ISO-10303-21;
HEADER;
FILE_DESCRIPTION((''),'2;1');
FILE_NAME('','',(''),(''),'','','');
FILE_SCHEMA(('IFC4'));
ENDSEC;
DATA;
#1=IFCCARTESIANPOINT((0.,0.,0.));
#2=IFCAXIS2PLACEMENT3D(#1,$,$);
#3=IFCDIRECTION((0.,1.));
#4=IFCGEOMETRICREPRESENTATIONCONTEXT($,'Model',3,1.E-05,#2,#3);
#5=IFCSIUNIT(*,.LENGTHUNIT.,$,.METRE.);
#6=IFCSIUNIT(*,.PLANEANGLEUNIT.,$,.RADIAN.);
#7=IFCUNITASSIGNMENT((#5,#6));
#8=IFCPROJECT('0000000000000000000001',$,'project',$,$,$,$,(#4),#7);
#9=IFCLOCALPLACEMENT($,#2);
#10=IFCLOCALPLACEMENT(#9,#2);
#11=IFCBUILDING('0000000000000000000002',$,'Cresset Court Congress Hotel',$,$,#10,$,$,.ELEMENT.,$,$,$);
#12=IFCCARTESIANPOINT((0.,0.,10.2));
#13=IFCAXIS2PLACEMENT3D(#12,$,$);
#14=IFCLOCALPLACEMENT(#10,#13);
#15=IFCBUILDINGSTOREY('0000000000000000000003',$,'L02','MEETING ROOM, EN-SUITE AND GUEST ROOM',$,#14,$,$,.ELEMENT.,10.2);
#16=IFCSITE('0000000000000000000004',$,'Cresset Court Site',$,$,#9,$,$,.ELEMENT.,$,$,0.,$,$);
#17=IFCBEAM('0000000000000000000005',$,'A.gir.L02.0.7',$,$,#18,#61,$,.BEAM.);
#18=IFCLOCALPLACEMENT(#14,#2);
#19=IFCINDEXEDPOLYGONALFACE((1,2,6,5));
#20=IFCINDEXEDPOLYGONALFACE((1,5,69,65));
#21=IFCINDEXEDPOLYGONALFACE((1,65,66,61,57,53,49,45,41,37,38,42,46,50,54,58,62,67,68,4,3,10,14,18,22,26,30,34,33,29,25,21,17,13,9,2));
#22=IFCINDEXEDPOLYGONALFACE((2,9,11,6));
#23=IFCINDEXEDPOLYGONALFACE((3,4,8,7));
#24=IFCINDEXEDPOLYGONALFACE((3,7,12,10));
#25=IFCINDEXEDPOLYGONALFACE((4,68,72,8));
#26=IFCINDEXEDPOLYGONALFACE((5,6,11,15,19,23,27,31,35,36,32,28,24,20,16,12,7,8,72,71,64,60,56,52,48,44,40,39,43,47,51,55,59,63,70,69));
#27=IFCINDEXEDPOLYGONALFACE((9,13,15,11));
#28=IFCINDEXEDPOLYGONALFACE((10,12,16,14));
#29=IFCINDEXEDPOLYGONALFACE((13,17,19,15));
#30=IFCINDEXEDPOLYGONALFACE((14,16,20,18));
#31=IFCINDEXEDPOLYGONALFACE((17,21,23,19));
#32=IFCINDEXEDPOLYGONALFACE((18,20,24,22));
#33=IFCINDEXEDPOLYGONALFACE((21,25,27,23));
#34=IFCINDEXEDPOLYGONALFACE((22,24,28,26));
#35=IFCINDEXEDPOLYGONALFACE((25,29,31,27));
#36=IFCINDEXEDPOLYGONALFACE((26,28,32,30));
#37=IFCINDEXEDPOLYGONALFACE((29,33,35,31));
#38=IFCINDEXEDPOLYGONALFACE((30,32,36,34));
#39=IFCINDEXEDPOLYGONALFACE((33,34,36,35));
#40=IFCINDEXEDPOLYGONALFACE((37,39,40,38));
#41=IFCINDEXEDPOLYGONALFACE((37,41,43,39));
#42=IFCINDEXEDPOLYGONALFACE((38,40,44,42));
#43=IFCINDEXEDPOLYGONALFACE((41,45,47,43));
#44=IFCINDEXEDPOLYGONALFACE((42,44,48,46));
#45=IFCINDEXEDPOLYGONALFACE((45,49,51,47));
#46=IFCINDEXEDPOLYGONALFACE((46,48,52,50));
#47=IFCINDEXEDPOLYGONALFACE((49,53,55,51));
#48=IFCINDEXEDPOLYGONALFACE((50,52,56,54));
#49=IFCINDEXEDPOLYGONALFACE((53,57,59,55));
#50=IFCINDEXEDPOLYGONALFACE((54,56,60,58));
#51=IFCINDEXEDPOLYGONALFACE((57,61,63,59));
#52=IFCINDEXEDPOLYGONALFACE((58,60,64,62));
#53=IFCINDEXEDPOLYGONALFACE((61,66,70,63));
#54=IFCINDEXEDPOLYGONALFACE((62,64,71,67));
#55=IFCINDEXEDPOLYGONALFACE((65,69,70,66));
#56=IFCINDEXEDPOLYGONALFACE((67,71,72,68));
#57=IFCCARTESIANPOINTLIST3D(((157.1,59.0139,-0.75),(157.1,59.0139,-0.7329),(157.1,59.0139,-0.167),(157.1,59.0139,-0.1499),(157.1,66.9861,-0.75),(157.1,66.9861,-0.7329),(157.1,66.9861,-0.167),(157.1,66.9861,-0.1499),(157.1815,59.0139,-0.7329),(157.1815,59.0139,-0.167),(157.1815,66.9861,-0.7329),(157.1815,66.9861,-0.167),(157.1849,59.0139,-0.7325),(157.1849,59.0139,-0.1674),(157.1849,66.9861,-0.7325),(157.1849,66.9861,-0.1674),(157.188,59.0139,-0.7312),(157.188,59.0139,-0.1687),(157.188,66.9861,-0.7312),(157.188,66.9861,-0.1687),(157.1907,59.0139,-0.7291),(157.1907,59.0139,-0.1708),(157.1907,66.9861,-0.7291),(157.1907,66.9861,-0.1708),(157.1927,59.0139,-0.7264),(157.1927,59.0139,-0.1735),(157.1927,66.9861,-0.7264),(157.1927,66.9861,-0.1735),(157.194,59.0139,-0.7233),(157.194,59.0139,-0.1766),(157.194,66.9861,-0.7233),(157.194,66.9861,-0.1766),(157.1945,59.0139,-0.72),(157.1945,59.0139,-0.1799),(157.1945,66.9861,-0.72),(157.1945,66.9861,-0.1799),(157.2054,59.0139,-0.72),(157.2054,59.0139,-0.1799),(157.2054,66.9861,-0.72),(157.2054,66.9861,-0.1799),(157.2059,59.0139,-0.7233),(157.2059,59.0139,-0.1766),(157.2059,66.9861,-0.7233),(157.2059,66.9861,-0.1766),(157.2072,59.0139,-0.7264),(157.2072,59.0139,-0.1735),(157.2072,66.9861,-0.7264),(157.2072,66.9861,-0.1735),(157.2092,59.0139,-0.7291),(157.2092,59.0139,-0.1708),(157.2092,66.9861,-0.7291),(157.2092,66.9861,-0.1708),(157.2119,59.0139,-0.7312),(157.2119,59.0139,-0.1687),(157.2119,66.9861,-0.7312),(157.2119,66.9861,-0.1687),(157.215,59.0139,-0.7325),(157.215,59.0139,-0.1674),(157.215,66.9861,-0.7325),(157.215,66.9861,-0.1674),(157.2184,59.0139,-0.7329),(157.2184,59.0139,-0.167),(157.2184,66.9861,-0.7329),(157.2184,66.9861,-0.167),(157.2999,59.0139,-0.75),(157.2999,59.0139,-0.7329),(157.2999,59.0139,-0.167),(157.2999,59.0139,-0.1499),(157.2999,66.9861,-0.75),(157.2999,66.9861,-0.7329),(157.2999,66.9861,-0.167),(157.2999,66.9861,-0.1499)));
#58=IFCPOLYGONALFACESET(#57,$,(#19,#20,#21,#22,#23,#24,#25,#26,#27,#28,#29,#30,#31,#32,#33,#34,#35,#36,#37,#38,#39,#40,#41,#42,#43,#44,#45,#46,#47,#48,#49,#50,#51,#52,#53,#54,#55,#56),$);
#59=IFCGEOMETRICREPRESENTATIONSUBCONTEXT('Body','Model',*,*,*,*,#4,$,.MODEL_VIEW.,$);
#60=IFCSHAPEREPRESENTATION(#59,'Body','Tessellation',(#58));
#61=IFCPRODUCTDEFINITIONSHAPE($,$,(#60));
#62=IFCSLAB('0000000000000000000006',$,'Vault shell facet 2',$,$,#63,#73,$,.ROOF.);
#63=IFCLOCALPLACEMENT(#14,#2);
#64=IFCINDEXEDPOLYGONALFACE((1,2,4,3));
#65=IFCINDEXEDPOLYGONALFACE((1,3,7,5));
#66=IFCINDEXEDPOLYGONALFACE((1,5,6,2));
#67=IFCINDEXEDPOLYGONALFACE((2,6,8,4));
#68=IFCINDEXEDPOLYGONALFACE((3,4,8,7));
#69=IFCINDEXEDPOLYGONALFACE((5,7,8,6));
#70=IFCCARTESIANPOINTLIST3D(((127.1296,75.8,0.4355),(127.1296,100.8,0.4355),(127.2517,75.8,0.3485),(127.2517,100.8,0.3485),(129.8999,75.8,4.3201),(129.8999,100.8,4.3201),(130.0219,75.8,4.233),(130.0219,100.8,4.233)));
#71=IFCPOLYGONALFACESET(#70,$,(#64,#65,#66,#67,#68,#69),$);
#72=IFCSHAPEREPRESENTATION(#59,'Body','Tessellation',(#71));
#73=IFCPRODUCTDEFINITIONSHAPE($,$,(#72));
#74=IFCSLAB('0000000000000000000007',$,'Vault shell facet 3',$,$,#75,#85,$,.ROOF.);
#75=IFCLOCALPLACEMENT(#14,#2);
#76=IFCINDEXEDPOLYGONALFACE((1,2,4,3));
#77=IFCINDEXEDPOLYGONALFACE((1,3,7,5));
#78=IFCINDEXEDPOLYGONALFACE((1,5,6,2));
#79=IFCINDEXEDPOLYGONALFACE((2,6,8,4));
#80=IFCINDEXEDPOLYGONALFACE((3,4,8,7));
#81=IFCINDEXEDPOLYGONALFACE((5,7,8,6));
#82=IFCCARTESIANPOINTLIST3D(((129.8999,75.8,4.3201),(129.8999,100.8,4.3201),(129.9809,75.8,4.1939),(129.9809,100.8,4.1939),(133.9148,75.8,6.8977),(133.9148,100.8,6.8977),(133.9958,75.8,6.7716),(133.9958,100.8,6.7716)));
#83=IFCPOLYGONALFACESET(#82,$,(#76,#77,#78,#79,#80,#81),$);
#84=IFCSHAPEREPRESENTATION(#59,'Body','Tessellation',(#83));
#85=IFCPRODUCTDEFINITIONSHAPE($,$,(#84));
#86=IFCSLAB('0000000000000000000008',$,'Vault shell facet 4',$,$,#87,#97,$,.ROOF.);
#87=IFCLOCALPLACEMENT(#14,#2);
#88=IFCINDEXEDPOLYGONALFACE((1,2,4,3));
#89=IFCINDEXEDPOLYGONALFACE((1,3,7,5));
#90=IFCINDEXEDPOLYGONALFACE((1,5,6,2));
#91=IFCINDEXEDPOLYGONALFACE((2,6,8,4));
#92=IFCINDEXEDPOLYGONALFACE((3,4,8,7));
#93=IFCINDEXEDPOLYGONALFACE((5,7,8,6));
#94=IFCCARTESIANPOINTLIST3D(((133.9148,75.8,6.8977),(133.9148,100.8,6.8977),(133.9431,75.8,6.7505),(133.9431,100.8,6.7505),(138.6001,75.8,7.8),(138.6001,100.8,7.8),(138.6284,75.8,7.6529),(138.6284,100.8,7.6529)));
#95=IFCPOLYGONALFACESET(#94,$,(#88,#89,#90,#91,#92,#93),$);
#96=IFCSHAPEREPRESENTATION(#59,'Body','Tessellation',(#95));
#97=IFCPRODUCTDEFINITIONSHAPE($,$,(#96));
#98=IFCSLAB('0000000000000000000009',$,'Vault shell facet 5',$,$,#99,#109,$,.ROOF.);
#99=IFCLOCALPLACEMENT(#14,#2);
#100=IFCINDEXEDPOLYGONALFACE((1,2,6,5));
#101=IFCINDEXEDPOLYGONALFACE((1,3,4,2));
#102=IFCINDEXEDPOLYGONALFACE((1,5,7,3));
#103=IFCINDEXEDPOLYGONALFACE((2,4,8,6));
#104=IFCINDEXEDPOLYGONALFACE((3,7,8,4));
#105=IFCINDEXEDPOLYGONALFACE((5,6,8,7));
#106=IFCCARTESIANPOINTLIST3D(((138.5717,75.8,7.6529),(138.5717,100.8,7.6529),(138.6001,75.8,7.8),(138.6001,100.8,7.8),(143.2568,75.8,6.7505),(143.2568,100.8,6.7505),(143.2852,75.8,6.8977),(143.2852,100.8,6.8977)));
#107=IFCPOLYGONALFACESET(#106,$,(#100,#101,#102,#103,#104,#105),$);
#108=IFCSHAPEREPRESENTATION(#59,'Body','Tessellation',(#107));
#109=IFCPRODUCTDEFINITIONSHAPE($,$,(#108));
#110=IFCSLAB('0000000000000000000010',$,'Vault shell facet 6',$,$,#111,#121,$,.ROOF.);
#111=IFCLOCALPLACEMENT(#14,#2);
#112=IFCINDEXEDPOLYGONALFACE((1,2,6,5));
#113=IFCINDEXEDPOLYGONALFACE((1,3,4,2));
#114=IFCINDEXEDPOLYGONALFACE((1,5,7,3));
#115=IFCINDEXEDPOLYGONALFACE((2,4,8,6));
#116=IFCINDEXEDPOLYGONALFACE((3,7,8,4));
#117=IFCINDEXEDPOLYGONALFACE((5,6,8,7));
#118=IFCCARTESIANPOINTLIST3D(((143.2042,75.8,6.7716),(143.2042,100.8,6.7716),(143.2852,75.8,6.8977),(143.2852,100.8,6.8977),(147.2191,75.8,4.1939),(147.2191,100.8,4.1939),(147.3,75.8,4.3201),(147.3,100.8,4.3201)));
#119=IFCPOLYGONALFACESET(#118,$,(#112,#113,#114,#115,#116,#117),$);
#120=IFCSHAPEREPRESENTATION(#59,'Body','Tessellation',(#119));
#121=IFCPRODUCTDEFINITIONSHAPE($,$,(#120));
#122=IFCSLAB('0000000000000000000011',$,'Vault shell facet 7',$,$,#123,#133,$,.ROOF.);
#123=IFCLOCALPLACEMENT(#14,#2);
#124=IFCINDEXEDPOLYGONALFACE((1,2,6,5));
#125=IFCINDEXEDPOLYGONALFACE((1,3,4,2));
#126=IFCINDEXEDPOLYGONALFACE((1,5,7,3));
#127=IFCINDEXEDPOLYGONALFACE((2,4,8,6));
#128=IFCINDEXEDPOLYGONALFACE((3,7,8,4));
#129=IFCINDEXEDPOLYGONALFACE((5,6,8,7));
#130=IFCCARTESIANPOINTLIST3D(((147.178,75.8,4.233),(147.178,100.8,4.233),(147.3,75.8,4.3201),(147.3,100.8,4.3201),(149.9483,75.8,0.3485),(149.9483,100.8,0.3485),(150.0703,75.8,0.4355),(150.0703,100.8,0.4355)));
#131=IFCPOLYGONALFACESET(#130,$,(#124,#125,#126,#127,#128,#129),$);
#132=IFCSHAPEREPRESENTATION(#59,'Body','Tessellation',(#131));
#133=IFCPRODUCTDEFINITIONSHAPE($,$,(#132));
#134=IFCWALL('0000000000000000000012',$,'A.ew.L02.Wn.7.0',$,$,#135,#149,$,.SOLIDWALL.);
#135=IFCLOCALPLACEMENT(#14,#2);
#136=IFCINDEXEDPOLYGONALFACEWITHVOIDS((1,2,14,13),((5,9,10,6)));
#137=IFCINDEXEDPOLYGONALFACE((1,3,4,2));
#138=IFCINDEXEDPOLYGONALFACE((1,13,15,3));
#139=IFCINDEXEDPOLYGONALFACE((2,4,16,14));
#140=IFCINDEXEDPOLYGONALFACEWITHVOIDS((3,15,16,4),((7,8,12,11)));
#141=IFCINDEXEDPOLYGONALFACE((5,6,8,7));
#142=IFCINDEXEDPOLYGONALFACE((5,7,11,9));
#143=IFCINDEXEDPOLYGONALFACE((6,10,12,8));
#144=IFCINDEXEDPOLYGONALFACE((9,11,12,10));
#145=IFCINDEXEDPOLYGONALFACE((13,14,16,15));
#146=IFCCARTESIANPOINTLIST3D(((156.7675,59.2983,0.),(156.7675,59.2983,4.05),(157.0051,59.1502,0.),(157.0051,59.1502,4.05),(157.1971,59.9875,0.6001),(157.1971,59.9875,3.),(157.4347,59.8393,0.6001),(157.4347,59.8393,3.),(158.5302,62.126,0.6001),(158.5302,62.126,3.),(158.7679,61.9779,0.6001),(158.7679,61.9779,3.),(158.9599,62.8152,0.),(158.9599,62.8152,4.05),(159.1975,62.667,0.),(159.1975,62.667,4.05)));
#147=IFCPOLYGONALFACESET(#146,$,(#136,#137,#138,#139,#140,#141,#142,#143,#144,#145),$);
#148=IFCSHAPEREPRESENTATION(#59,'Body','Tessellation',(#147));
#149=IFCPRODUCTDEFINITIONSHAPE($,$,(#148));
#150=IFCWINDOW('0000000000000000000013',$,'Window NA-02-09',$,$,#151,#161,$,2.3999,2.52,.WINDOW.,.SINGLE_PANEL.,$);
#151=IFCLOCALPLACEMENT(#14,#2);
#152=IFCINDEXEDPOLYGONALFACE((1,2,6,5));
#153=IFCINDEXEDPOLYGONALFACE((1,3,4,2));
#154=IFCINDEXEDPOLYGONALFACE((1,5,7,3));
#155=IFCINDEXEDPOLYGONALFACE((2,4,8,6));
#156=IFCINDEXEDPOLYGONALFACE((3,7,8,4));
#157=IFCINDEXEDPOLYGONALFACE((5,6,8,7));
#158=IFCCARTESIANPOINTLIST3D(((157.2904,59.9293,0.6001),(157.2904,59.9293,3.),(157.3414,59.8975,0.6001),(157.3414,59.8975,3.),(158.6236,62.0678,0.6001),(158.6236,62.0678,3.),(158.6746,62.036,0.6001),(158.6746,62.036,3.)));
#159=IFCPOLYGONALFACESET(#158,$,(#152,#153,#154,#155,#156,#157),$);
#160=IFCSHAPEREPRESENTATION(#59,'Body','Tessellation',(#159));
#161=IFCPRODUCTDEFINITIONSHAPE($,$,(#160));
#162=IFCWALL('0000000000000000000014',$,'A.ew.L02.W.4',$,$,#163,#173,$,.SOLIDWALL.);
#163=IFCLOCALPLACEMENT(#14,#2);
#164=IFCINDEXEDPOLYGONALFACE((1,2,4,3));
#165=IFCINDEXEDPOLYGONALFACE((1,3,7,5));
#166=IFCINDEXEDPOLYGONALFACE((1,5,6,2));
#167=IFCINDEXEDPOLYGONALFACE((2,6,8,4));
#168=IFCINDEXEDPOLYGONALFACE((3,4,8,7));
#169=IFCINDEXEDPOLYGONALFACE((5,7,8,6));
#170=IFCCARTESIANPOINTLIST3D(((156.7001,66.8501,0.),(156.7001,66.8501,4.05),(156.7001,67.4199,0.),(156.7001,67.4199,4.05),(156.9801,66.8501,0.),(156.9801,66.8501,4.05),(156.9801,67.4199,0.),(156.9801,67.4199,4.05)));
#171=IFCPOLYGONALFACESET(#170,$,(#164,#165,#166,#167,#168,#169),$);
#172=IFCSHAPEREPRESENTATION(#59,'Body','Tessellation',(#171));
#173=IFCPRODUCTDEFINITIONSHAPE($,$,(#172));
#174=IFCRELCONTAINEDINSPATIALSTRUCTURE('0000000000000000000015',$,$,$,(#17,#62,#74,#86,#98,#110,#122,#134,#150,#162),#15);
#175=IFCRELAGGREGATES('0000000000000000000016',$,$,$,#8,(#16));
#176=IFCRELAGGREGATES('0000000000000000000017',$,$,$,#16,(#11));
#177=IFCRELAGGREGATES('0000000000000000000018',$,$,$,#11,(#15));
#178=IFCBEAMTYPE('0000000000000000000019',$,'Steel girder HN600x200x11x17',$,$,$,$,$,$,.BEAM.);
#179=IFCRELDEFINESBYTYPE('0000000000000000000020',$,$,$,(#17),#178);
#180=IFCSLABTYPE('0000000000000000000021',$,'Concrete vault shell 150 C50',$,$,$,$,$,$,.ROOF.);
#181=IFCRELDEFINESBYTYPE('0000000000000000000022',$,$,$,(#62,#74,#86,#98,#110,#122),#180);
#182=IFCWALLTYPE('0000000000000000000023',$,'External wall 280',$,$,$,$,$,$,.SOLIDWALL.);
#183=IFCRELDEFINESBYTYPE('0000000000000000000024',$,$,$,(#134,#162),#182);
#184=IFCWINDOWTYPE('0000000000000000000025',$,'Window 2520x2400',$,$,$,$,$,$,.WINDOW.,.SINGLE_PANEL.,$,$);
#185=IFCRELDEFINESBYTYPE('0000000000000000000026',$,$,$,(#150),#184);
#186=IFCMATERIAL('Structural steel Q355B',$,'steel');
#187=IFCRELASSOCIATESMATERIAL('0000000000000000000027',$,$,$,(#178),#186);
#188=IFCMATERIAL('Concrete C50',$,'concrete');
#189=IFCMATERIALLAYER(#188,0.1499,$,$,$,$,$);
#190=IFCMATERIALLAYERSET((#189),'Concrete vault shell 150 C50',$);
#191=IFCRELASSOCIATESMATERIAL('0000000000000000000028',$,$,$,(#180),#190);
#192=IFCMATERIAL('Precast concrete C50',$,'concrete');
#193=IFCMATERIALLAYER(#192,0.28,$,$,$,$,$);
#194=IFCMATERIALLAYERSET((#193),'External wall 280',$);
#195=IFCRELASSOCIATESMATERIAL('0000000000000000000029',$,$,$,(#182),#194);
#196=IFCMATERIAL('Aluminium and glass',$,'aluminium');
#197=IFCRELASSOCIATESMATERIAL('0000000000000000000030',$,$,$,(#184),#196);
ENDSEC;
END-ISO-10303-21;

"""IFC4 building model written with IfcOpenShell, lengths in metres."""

from ifc_helpers import new_model, si_unit, direction, frame, frame_2d, origin, origin_2d, place, context, subcontext, project, spatial, polyline, rectangle, i_section, outline, extrude, material, layer, layer_set, material_profile, profile_set, type_object, element, fill, save


model = new_model("IFC4")

# Units and contexts
model_context = context("Model", 3, precision=1e-05, world=origin(), true_north=direction((0.0, 1.0)))
body_context = subcontext(model_context, "Body", "Model", "MODEL_VIEW")
ifc_project = project(units=[si_unit("LENGTHUNIT", "METRE"), si_unit("PLANEANGLEUNIT", "RADIAN")], contexts=[model_context])

# Site, building, storey
site_placement = place(None, origin())
site = spatial("IfcSite", under=ifc_project, at=site_placement, Name="Cresset Court Site", CompositionType="ELEMENT", RefElevation=0.0)
building_placement = place(site_placement, origin())
building = spatial("IfcBuilding", under=site, at=building_placement, Name="Cresset Court Congress Hotel", CompositionType="ELEMENT")
storey_placement = place(building_placement, frame((0.0, 0.0, 10.2)))
storey = spatial("IfcBuildingStorey", under=building, at=storey_placement, Name="L02", Description="MEETING ROOM, EN-SUITE AND GUEST ROOM", CompositionType="ELEMENT", Elevation=10.2)

# Beam
ifc_material_1 = material(Name="Structural steel Q355B", Category="steel")
ifc_material_profile_1 = material_profile(ifc_material_1, i_section(OverallWidth=0.2, OverallDepth=0.6001, WebThickness=0.011, FlangeThickness=0.0171, FilletRadius=0.0129, at=origin_2d()), Name="HN600x200x11x17")
ifc_profile_set_1 = profile_set([ifc_material_profile_1], Name="Structural steel Q355B")
beam_type_1 = type_object("IfcBeamType", Name="Steel girder HN600x200x11x17", PredefinedType="BEAM", material=ifc_profile_set_1)
beam_1_placement = place(storey_placement, frame((157.2, 59.0139, -0.45), z_axis=(0.0, 1.0, 0.0), x_axis=(-1.0, 0.0, 0.0)))
element("IfcBeam", 1, at=beam_1_placement, inside=storey, type_object=beam_type_1, Name="A.gir.L02.0.7", PredefinedType="BEAM", context=body_context, shape_type="SweptSolid", body=[
    extrude(i_section(OverallWidth=0.2, OverallDepth=0.6001, WebThickness=0.011, FlangeThickness=0.0171, FilletRadius=0.0129, at=origin_2d()), origin(), (0.0, 0.0, 1.0), 7.9722),
])

# Slabs
ifc_material_2 = material(Name="Concrete C50", Category="concrete")
ifc_layer_1 = layer(ifc_material_2, 0.1499)
ifc_layer_set_1 = layer_set([ifc_layer_1], Name="Concrete vault shell 150 C50")
slab_type = type_object("IfcSlabType", Name="Concrete vault shell 150 C50", PredefinedType="ROOF", material=ifc_layer_set_1)
slab_1_placement = place(storey_placement, frame((127.1296, 75.8, 0.4355), z_axis=(-0.814169, 0.0, 0.580628), x_axis=(0.580628, 0.0, 0.814169)))
element("IfcSlab", 2, at=slab_1_placement, inside=storey, type_object=slab_type, Name="Vault shell facet 2", PredefinedType="ROOF", context=body_context, shape_type="SweptSolid", body=[
    extrude(outline(polyline([(0.0, 0.0), (4.7711, 0.0), (4.7711, 25.0), (0.0, 25.0), (0.0, 0.0)])), origin(), (0.0, 0.0, -1.0), 0.1499),
])
slab_2_placement = place(storey_placement, frame((129.8999, 75.8, 4.3201), z_axis=(-0.540258, 0.0, 0.841499), x_axis=(0.841499, 0.0, 0.540258)))
element("IfcSlab", 3, at=slab_2_placement, inside=storey, type_object=slab_type, Name="Vault shell facet 3", PredefinedType="ROOF", context=body_context, shape_type="SweptSolid", body=[
    extrude(outline(polyline([(0.0, 0.0), (4.7711, 0.0), (4.7711, 25.0), (0.0, 25.0), (0.0, 0.0)])), origin(), (0.0, 0.0, -1.0), 0.1499),
])
slab_3_placement = place(storey_placement, frame((133.9148, 75.8, 6.8977), z_axis=(-0.189115, 0.0, 0.981955), x_axis=(0.981955, 0.0, 0.189115)))
element("IfcSlab", 4, at=slab_3_placement, inside=storey, type_object=slab_type, Name="Vault shell facet 4", PredefinedType="ROOF", context=body_context, shape_type="SweptSolid", body=[
    extrude(outline(polyline([(0.0, 0.0), (4.7714, 0.0), (4.7714, 25.0), (0.0, 25.0), (0.0, 0.0)])), origin(), (0.0, 0.0, -1.0), 0.1499),
])
slab_4_placement = place(storey_placement, frame((138.6001, 75.8, 7.8), z_axis=(0.189124, 0.0, 0.981953), x_axis=(0.981953, 0.0, -0.189124)))
element("IfcSlab", 5, at=slab_4_placement, inside=storey, type_object=slab_type, Name="Vault shell facet 5", PredefinedType="ROOF", context=body_context, shape_type="SweptSolid", body=[
    extrude(outline(polyline([(0.0, 0.0), (4.7712, 0.0), (4.7712, 25.0), (0.0, 25.0), (0.0, 0.0)])), origin(), (0.0, 0.0, -1.0), 0.1499),
])
slab_5_placement = place(storey_placement, frame((143.2852, 75.8, 6.8977), z_axis=(0.540258, 0.0, 0.841499), x_axis=(0.841499, 0.0, -0.540258)))
element("IfcSlab", 6, at=slab_5_placement, inside=storey, type_object=slab_type, Name="Vault shell facet 6", PredefinedType="ROOF", context=body_context, shape_type="SweptSolid", body=[
    extrude(outline(polyline([(0.0, 0.0), (4.7711, 0.0), (4.7711, 25.0), (0.0, 25.0), (0.0, 0.0)])), origin(), (0.0, 0.0, -1.0), 0.1499),
])
slab_6_placement = place(storey_placement, frame((147.3, 75.8, 4.3201), z_axis=(0.814169, 0.0, 0.580628), x_axis=(0.580628, 0.0, -0.814169)))
element("IfcSlab", 7, at=slab_6_placement, inside=storey, type_object=slab_type, Name="Vault shell facet 7", PredefinedType="ROOF", context=body_context, shape_type="SweptSolid", body=[
    extrude(outline(polyline([(0.0, 0.0), (4.7711, 0.0), (4.7711, 25.0), (0.0, 25.0), (0.0, 0.0)])), origin(), (0.0, 0.0, -1.0), 0.1499),
])

# Wall, opening, window
ifc_material_3 = material(Name="Precast concrete C50", Category="concrete")
ifc_layer_2 = layer(ifc_material_3, 0.28)
ifc_layer_set_2 = layer_set([ifc_layer_2], Name="External wall 280")
wall_type_1 = type_object("IfcWallType", Name="External wall 280", PredefinedType="SOLIDWALL", material=ifc_layer_set_2)
wall_1_placement = place(storey_placement, frame((156.8862, 59.2241, 0.0), z_axis=(0.0, 0.0, 1.0), x_axis=(0.529019, 0.84861, 0.0)))
wall_1 = element("IfcWall", 8, at=wall_1_placement, inside=storey, type_object=wall_type_1, Name="A.ew.L02.Wn.7.0", PredefinedType="SOLIDWALL", context=body_context, shape_type="SweptSolid", body=[
    extrude(rectangle(XDim=4.1443, YDim=0.28, at=frame_2d((2.0723, 0.0))), origin(), (0.0, 0.0, 1.0), 4.05),
])
opening_1_placement = place(wall_1_placement, frame((0.8123, 0.0, 0.6001)))
opening_1 = element("IfcOpeningElement", 9, at=opening_1_placement, cuts=wall_1, PredefinedType="OPENING", context=body_context, shape_type="SweptSolid", body=[
    extrude(rectangle(XDim=2.52, YDim=2.3999, at=frame_2d((1.26, 1.2))), frame((0.0, 0.1499, 0.0), z_axis=(0.0, -1.0, 0.0), x_axis=(1.0, 0.0, 0.0)), (0.0, 0.0, 1.0), 0.3),
])
ifc_material_4 = material(Name="Aluminium and glass", Category="aluminium")
window_type_1 = type_object("IfcWindowType", Name="Window 2520x2400", PartitioningType="SINGLE_PANEL", PredefinedType="WINDOW", material=ifc_material_4)
window_1_placement = place(opening_1_placement, origin())
window_1 = element("IfcWindow", 10, at=window_1_placement, inside=storey, type_object=window_type_1, Name="Window NA-02-09", OverallHeight=2.3999, OverallWidth=2.52, PartitioningType="SINGLE_PANEL", PredefinedType="WINDOW", context=body_context, shape_type="SweptSolid", body=[
    extrude(rectangle(XDim=2.52, YDim=2.3999, at=frame_2d((1.26, 1.2))), frame((0.0, 0.03, 0.0), z_axis=(0.0, -1.0, 0.0), x_axis=(1.0, 0.0, 0.0)), (0.0, 0.0, 1.0), 0.0601),
])
fill(opening_1, window_1)

# Wall
wall_2_placement = place(storey_placement, frame((156.8401, 66.8501, 0.0), z_axis=(0.0, 0.0, 1.0), x_axis=(0.0, 1.0, 0.0)))
element("IfcWall", 11, at=wall_2_placement, inside=storey, type_object=wall_type_1, Name="A.ew.L02.W.4", PredefinedType="SOLIDWALL", context=body_context, shape_type="SweptSolid", body=[
    extrude(rectangle(XDim=0.5698, YDim=0.28, at=frame_2d((0.2849, 0.0))), origin(), (0.0, 0.0, 1.0), 4.05),
])

save(model, "model.ifc")
